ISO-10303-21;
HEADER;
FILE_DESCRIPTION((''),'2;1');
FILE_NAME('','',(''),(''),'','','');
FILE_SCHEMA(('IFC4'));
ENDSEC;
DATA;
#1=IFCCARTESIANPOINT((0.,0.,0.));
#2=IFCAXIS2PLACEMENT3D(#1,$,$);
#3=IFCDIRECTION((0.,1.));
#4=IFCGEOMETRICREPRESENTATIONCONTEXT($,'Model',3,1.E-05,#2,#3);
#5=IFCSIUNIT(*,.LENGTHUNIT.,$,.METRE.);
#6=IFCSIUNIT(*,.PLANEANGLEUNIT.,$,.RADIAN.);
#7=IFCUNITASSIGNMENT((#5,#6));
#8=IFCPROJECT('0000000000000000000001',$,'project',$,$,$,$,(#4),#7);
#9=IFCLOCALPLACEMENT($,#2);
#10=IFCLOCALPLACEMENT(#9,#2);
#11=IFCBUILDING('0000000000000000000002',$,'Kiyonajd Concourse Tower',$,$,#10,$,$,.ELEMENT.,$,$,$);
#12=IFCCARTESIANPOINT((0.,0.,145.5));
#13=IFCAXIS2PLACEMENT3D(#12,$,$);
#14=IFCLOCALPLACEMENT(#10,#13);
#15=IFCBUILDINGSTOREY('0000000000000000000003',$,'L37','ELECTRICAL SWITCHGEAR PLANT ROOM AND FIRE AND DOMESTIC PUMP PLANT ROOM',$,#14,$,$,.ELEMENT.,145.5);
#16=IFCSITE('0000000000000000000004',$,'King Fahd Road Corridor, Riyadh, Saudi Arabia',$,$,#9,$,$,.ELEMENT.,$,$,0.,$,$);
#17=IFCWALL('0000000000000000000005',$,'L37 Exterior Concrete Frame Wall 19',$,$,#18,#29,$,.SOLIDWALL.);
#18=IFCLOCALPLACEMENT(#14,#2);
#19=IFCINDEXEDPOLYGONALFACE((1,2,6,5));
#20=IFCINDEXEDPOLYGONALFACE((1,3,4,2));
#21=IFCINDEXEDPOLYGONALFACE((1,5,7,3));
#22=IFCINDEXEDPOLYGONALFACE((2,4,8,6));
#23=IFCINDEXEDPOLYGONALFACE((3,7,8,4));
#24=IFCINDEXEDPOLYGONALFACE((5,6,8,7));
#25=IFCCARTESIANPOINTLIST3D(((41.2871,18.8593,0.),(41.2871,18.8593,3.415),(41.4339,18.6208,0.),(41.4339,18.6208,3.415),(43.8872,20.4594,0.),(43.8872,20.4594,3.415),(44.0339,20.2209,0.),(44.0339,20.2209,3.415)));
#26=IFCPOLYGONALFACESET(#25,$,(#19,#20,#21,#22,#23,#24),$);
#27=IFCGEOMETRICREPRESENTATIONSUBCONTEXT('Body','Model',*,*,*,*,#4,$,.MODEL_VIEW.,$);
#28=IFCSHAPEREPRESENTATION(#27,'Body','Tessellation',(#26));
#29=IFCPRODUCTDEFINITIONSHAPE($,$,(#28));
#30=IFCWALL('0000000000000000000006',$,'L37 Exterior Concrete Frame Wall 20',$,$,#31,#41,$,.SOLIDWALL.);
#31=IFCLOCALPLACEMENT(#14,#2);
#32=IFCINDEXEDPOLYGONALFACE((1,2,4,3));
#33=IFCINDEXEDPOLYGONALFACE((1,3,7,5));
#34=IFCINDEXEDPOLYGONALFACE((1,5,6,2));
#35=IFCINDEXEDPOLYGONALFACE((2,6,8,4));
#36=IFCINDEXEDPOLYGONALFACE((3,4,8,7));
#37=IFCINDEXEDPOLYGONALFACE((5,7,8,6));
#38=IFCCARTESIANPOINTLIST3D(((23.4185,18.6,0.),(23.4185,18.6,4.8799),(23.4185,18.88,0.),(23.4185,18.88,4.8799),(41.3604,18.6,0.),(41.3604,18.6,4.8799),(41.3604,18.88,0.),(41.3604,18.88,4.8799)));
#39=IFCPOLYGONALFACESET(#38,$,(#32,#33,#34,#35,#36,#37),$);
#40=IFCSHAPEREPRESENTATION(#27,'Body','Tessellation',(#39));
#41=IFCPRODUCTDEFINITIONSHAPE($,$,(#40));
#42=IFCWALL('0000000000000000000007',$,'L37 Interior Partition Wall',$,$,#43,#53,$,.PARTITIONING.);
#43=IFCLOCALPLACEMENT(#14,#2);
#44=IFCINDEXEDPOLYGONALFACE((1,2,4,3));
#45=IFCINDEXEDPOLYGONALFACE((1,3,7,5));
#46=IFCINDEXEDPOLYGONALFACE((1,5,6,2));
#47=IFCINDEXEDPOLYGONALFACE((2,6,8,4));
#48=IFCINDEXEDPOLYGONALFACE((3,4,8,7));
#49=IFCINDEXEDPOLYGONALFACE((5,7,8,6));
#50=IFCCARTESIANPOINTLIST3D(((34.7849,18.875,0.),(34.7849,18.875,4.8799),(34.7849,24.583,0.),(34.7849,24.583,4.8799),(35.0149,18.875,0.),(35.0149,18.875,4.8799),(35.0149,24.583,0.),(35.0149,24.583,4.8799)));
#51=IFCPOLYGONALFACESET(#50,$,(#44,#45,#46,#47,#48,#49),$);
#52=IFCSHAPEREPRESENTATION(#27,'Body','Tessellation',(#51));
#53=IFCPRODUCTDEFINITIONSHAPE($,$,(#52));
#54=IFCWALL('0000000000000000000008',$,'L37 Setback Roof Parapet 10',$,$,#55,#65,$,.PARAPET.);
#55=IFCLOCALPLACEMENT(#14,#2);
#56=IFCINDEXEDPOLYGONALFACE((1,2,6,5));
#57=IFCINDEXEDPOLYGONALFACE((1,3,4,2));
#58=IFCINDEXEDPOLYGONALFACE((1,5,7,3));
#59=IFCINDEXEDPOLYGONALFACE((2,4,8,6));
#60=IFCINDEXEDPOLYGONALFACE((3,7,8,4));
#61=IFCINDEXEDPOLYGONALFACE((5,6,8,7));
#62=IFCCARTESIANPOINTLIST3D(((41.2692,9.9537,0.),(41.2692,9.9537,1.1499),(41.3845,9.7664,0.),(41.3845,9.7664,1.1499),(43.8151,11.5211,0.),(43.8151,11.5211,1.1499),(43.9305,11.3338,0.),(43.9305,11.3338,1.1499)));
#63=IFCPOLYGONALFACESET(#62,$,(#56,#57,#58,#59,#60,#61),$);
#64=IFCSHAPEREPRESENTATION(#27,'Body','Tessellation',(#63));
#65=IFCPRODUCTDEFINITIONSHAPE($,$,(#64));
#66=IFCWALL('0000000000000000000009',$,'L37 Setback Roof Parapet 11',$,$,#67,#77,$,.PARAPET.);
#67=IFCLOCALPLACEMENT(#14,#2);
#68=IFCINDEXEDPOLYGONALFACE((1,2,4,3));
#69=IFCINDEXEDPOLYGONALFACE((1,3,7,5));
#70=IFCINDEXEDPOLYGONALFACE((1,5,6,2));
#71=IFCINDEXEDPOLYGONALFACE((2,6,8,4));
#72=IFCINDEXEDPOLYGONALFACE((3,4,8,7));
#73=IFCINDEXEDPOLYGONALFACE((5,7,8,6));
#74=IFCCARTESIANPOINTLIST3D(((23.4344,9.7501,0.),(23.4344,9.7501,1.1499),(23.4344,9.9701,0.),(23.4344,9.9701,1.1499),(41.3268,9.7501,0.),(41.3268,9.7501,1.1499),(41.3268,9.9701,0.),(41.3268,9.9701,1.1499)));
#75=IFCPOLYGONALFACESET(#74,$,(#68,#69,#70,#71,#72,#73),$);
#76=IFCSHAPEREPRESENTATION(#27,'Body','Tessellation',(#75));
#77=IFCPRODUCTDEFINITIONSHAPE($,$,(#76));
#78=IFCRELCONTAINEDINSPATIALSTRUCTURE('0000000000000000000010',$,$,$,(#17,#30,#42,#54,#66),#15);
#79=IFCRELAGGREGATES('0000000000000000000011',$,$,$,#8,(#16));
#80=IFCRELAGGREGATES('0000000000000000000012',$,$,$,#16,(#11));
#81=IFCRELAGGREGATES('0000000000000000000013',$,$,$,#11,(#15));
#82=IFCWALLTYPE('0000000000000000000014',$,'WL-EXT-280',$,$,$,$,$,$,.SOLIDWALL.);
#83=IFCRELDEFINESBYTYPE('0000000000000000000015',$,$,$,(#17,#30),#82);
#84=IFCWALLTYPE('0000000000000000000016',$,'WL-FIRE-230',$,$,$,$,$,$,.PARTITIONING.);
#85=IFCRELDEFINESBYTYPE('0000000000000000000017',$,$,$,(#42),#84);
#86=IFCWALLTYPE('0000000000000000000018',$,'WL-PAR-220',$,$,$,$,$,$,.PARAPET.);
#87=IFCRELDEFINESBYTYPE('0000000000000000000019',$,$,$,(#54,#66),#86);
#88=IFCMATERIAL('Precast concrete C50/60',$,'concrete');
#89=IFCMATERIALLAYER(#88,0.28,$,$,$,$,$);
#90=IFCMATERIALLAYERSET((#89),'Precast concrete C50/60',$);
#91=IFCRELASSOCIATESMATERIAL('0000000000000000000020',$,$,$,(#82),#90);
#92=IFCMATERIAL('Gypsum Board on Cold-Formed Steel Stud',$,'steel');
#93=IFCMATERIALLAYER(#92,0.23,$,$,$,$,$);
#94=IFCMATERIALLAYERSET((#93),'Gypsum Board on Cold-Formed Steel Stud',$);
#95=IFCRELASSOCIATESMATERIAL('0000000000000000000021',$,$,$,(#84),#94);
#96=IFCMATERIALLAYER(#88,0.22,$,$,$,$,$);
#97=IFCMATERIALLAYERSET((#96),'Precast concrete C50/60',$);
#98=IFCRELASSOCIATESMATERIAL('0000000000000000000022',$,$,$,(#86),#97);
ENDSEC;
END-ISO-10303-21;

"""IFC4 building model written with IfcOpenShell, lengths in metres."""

from ifc_helpers import new_model, si_unit, direction, frame, frame_2d, origin, place, context, subcontext, project, spatial, rectangle, extrude, material, layer, layer_set, type_object, element, save


model = new_model("IFC4")

# Units and contexts
model_context = context("Model", 3, precision=1e-05, world=origin(), true_north=direction((0.0, 1.0)))
body_context = subcontext(model_context, "Body", "Model", "MODEL_VIEW")
ifc_project = project(units=[si_unit("LENGTHUNIT", "METRE"), si_unit("PLANEANGLEUNIT", "RADIAN")], contexts=[model_context])

# Site, building, storey
site_placement = place(None, origin())
site = spatial("IfcSite", under=ifc_project, at=site_placement, Name="King Fahd Road Corridor, Riyadh, Saudi Arabia", CompositionType="ELEMENT", RefElevation=0.0)
building_placement = place(site_placement, origin())
building = spatial("IfcBuilding", under=site, at=building_placement, Name="Kiyonajd Concourse Tower", CompositionType="ELEMENT")
storey_placement = place(building_placement, frame((0.0, 0.0, 145.5)))
storey = spatial("IfcBuildingStorey", under=building, at=storey_placement, Name="L37", Description="ELECTRICAL SWITCHGEAR PLANT ROOM AND FIRE AND DOMESTIC PUMP PLANT ROOM", CompositionType="ELEMENT", Elevation=145.5)

# Walls
ifc_material_1 = material(Name="Precast concrete C50/60", Category="concrete")
ifc_layer_1 = layer(ifc_material_1, 0.28)
ifc_layer_set_1 = layer_set([ifc_layer_1], Name="Precast concrete C50/60")
wall_type_1 = type_object("IfcWallType", Name="WL-EXT-280", PredefinedType="SOLIDWALL", material=ifc_layer_set_1)
wall_1_placement = place(storey_placement, frame((43.9604, 20.3401, 0.0), z_axis=(0.0, 0.0, 1.0), x_axis=(-0.851653, -0.524106, 0.0)))
element("IfcWall", 1, at=wall_1_placement, inside=storey, type_object=wall_type_1, Name="L37 Exterior Concrete Frame Wall 19", PredefinedType="SOLIDWALL", context=body_context, shape_type="SweptSolid", body=[
    extrude(rectangle(XDim=3.053, YDim=0.28, at=frame_2d((1.5264, 0.0))), origin(), (0.0, 0.0, 1.0), 3.415),
])
wall_2_placement = place(storey_placement, frame((41.3604, 18.74, 0.0), z_axis=(0.0, 0.0, 1.0), x_axis=(-1.0, 0.0, 0.0)))
element("IfcWall", 2, at=wall_2_placement, inside=storey, type_object=wall_type_1, Name="L37 Exterior Concrete Frame Wall 20", PredefinedType="SOLIDWALL", context=body_context, shape_type="SweptSolid", body=[
    extrude(rectangle(XDim=17.9419, YDim=0.28, at=frame_2d((8.9709, 0.0))), origin(), (0.0, 0.0, 1.0), 4.8799),
])
ifc_material_2 = material(Name="Gypsum Board on Cold-Formed Steel Stud", Category="steel")
ifc_layer_2 = layer(ifc_material_2, 0.23)
ifc_layer_set_2 = layer_set([ifc_layer_2], Name="Gypsum Board on Cold-Formed Steel Stud")
wall_type_2 = type_object("IfcWallType", Name="WL-FIRE-230", PredefinedType="PARTITIONING", material=ifc_layer_set_2)
wall_3_placement = place(storey_placement, frame((34.8999, 18.875, 0.0), z_axis=(0.0, 0.0, 1.0), x_axis=(0.0, 1.0, 0.0)))
element("IfcWall", 3, at=wall_3_placement, inside=storey, type_object=wall_type_2, Name="L37 Interior Partition Wall", PredefinedType="PARTITIONING", context=body_context, shape_type="SweptSolid", body=[
    extrude(rectangle(XDim=5.708, YDim=0.23, at=frame_2d((2.854, 0.0))), origin(), (0.0, 0.0, 1.0), 4.8799),
])
ifc_layer_3 = layer(ifc_material_1, 0.22)
ifc_layer_set_3 = layer_set([ifc_layer_3], Name="Precast concrete C50/60")
wall_type_3 = type_object("IfcWallType", Name="WL-PAR-220", PredefinedType="PARAPET", material=ifc_layer_set_3)
wall_4_placement = place(storey_placement, frame((43.8728, 11.4275, 0.0), z_axis=(0.0, 0.0, 1.0), x_axis=(-0.851557, -0.524261, 0.0)))
element("IfcWall", 4, at=wall_4_placement, inside=storey, type_object=wall_type_3, Name="L37 Setback Roof Parapet 10", PredefinedType="PARAPET", context=body_context, shape_type="SweptSolid", body=[
    extrude(rectangle(XDim=2.9897, YDim=0.22, at=frame_2d((1.4949, 0.0))), origin(), (0.0, 0.0, 1.0), 1.1499),
])
wall_5_placement = place(storey_placement, frame((41.3269, 9.8601, 0.0), z_axis=(0.0, 0.0, 1.0), x_axis=(-1.0, 0.0, 0.0)))
element("IfcWall", 5, at=wall_5_placement, inside=storey, type_object=wall_type_3, Name="L37 Setback Roof Parapet 11", PredefinedType="PARAPET", context=body_context, shape_type="SweptSolid", body=[
    extrude(rectangle(XDim=17.8923, YDim=0.22, at=frame_2d((8.9463, 0.0))), origin(), (0.0, 0.0, 1.0), 1.1499),
])

save(model, "model.ifc")
